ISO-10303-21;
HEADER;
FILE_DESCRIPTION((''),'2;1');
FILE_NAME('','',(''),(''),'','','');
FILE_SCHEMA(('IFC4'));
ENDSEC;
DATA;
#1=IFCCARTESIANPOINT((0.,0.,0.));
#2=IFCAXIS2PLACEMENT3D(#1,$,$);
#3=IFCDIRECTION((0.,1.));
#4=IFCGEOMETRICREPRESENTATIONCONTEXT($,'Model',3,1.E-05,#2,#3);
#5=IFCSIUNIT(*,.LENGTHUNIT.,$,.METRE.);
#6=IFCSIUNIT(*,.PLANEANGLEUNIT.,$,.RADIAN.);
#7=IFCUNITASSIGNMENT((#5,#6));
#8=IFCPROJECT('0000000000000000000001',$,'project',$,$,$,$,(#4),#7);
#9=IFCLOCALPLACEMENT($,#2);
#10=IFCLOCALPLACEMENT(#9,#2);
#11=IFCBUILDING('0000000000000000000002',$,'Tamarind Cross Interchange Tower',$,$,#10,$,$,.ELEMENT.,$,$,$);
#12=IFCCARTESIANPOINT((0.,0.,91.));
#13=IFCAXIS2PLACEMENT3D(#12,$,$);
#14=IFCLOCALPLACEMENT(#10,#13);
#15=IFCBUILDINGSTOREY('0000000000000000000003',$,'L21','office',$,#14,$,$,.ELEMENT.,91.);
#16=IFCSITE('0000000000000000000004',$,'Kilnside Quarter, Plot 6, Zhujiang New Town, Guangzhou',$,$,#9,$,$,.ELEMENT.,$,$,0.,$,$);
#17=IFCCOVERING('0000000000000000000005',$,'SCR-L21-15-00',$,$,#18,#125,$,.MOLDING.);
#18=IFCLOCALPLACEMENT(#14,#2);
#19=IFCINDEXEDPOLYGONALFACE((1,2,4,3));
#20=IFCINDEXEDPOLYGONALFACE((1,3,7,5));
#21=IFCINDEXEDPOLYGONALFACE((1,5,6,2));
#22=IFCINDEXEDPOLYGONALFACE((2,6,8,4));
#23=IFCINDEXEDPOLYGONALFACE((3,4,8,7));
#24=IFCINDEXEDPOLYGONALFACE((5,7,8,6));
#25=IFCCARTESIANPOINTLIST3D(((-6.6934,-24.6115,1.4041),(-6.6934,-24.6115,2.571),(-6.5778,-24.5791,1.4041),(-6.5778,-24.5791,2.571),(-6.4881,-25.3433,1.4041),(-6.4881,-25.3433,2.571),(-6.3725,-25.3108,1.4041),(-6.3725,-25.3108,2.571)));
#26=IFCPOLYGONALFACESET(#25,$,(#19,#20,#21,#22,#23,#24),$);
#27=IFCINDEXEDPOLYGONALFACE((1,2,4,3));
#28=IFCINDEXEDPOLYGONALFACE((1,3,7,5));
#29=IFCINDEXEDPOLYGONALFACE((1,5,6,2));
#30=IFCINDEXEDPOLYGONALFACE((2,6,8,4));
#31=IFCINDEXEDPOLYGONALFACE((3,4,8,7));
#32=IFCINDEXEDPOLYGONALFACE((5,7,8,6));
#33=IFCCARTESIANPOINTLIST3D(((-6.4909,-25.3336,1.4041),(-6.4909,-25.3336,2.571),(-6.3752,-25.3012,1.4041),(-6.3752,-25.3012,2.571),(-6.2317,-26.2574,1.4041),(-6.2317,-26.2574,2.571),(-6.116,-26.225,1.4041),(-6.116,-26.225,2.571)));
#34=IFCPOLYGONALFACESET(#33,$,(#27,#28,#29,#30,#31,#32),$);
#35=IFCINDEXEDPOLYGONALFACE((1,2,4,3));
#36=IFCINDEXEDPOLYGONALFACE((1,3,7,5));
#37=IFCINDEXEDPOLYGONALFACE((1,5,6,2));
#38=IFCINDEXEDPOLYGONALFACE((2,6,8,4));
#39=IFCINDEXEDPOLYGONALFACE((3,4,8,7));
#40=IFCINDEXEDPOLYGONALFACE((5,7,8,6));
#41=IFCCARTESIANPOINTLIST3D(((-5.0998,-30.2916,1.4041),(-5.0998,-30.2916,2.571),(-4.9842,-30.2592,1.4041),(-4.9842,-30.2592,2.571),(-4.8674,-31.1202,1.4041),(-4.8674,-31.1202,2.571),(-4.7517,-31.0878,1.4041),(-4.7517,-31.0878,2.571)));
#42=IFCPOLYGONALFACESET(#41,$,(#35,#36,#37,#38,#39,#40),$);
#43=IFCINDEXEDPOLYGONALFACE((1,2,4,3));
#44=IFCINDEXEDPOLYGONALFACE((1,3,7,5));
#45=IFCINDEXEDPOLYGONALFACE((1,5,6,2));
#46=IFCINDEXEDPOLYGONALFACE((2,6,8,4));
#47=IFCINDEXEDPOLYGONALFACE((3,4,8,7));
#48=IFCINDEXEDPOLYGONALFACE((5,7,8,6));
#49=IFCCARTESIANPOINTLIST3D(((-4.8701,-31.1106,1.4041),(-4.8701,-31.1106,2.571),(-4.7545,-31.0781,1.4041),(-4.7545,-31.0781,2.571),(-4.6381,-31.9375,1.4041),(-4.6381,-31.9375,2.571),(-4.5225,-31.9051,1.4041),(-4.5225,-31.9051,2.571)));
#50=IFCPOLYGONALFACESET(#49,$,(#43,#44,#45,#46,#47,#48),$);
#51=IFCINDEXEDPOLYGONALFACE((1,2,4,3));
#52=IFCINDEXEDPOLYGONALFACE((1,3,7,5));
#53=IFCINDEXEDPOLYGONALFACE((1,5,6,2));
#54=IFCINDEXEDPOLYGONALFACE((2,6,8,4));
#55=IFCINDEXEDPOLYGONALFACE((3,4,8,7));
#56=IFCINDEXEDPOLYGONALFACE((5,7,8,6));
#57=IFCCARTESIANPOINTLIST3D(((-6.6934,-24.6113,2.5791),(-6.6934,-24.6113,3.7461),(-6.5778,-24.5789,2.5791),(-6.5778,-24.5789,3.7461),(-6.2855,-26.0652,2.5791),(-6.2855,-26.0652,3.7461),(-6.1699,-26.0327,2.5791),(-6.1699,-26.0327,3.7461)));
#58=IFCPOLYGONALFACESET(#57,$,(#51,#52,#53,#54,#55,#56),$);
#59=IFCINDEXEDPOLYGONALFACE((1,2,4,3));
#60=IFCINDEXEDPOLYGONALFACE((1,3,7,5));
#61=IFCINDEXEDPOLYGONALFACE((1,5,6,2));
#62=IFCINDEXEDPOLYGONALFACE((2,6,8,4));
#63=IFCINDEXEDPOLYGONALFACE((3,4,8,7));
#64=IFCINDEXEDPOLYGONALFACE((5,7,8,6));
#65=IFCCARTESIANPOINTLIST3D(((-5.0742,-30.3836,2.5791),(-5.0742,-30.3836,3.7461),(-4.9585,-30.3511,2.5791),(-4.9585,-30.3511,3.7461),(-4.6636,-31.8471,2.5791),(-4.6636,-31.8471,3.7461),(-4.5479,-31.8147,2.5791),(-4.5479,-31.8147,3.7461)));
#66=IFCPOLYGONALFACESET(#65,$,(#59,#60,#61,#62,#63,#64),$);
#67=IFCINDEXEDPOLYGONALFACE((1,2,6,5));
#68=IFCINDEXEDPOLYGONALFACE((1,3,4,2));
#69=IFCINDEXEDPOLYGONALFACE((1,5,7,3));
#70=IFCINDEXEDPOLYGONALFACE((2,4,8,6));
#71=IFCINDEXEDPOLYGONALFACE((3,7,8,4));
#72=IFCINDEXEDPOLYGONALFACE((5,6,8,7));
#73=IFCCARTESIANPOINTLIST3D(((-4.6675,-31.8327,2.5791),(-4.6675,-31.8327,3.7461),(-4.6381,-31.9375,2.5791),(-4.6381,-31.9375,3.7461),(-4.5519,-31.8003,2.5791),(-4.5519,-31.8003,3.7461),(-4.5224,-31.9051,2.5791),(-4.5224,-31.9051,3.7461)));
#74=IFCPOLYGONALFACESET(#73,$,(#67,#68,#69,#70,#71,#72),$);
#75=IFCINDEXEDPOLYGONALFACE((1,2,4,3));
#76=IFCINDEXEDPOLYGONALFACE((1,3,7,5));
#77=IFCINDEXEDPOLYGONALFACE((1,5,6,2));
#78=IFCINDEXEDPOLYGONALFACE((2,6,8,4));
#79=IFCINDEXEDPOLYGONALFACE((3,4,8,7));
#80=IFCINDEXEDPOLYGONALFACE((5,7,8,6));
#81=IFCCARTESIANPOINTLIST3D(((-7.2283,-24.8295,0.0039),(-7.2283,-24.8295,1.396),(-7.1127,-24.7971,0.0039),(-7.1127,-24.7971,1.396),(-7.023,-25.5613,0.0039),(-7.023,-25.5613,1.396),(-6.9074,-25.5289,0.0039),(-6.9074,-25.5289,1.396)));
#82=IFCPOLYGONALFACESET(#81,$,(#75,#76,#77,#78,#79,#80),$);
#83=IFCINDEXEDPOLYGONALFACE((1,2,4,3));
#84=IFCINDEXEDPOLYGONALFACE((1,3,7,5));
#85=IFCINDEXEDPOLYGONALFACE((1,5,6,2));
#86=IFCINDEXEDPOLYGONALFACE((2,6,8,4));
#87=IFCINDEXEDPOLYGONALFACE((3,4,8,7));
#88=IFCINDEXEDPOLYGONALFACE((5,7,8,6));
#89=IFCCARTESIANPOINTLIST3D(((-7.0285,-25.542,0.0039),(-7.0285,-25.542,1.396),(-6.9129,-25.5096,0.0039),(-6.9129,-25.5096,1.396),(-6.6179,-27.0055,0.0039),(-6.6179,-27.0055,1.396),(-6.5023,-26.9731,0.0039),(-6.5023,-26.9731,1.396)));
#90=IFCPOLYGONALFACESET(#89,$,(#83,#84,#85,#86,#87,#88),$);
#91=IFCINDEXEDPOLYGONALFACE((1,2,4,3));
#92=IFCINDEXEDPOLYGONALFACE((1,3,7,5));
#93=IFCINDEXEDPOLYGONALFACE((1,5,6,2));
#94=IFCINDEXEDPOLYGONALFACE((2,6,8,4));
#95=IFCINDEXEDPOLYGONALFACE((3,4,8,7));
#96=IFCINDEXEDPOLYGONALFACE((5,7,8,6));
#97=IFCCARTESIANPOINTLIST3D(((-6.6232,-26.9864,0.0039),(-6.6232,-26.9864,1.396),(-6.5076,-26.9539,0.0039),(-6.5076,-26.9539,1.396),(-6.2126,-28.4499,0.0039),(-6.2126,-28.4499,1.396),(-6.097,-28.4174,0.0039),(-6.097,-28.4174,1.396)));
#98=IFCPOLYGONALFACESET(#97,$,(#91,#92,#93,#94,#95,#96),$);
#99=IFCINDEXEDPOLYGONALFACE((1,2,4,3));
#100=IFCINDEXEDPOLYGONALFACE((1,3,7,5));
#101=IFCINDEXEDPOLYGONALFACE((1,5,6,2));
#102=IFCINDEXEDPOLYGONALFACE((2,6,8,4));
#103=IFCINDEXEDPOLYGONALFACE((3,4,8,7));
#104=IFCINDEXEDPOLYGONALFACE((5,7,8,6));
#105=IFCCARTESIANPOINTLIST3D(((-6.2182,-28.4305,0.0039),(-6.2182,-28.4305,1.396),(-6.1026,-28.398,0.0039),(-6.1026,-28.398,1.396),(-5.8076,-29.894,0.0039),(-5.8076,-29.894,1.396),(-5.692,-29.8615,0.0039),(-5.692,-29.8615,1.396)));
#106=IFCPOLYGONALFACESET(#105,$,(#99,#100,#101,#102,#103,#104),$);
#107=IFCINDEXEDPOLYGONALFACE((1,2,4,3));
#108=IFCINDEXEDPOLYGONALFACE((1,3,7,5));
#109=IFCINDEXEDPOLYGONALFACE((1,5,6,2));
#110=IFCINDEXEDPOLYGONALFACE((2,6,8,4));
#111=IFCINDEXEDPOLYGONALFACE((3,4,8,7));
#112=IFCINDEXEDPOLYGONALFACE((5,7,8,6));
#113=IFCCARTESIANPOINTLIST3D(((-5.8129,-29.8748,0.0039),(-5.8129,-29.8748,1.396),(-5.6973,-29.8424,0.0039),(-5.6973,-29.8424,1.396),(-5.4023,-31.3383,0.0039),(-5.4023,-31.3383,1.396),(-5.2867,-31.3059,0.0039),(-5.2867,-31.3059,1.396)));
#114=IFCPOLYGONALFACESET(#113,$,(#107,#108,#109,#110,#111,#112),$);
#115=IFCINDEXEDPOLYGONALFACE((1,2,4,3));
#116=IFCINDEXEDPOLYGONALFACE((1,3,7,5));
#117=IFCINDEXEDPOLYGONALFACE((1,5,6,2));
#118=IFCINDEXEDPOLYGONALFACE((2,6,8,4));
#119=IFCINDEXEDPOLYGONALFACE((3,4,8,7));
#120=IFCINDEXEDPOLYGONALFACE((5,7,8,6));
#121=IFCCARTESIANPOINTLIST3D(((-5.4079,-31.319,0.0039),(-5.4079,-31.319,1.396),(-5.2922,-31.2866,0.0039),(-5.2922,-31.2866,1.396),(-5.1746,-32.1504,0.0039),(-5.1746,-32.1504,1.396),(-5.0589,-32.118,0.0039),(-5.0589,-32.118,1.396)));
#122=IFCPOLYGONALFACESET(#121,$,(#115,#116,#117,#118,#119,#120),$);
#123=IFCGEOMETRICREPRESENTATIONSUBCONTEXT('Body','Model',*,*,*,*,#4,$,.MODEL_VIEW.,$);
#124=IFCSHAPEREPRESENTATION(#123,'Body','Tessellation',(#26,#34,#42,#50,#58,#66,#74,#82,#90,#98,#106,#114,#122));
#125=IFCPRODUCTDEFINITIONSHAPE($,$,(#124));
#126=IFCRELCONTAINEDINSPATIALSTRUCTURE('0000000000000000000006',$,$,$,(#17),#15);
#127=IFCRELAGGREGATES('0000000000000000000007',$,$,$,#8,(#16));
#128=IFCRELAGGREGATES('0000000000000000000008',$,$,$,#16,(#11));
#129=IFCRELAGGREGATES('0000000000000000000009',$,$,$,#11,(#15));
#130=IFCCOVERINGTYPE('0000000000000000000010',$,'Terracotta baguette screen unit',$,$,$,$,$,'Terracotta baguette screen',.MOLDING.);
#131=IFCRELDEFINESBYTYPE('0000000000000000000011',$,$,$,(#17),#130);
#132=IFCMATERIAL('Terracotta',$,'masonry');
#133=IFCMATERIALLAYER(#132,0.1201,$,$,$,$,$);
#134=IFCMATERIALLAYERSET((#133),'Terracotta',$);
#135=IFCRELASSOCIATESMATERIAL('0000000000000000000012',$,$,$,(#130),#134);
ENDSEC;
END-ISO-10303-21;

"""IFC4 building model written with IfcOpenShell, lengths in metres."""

from ifc_helpers import new_model, si_unit, direction, frame, origin, origin_2d, place, context, subcontext, project, spatial, rectangle, extrude, material, layer, layer_set, type_object, element, save


model = new_model("IFC4")

# Units and contexts
model_context = context("Model", 3, precision=1e-05, world=origin(), true_north=direction((0.0, 1.0)))
body_context = subcontext(model_context, "Body", "Model", "MODEL_VIEW")
ifc_project = project(units=[si_unit("LENGTHUNIT", "METRE"), si_unit("PLANEANGLEUNIT", "RADIAN")], contexts=[model_context])

# Site, building, storey
site_placement = place(None, origin())
site = spatial("IfcSite", under=ifc_project, at=site_placement, Name="Kilnside Quarter, Plot 6, Zhujiang New Town, Guangzhou", CompositionType="ELEMENT", RefElevation=0.0)
building_placement = place(site_placement, origin())
building = spatial("IfcBuilding", under=site, at=building_placement, Name="Tamarind Cross Interchange Tower", CompositionType="ELEMENT")
storey_placement = place(building_placement, frame((0.0, 0.0, 91.0)))
storey = spatial("IfcBuildingStorey", under=building, at=storey_placement, Name="L21", Description="office", CompositionType="ELEMENT", Elevation=91.0)

# Covering
ifc_material_1 = material(Name="Terracotta", Category="masonry")
ifc_layer_1 = layer(ifc_material_1, 0.1201)
ifc_layer_set_1 = layer_set([ifc_layer_1], Name="Terracotta")
covering_type = type_object("IfcCoveringType", Name="Terracotta baguette screen unit", ElementType="Terracotta baguette screen", PredefinedType="MOLDING", material=ifc_layer_set_1)
covering_1_placement = place(storey_placement, origin())
element("IfcCovering", 1, at=covering_1_placement, inside=storey, type_object=covering_type, Name="SCR-L21-15-00", PredefinedType="MOLDING", context=body_context, shape_type="SweptSolid", body=[
    extrude(rectangle(XDim=0.76, YDim=0.1201, at=origin_2d()), frame((-6.533, -24.9612, 1.4041), z_axis=(0.0, 0.0, 1.0), x_axis=(0.27013, -0.962824, 0.0)), (0.0, 0.0, 1.0), 1.167),
    extrude(rectangle(XDim=0.9595, YDim=0.1201, at=origin_2d()), frame((-6.3035, -25.7793, 1.4041), z_axis=(0.0, 0.0, 1.0), x_axis=(0.27013, -0.962824, 0.0)), (0.0, 0.0, 1.0), 1.167),
    extrude(rectangle(XDim=0.8606, YDim=0.1201, at=origin_2d()), frame((-4.9258, -30.6897, 1.4041), z_axis=(0.0, 0.0, 1.0), x_axis=(0.27013, -0.962824, 0.0)), (0.0, 0.0, 1.0), 1.167),
    extrude(rectangle(XDim=0.8589, YDim=0.1201, at=origin_2d()), frame((-4.6963, -31.5078, 1.4041), z_axis=(0.0, 0.0, 1.0), x_axis=(0.27013, -0.962824, 0.0)), (0.0, 0.0, 1.0), 1.167),
    extrude(rectangle(XDim=1.51, YDim=0.1201, at=origin_2d()), frame((-6.4316, -25.322, 2.5791), z_axis=(0.0, 0.0, 1.0), x_axis=(0.27013, -0.962824, 0.0)), (0.0, 0.0, 1.0), 1.167),
    extrude(rectangle(XDim=1.52, YDim=0.1201, at=origin_2d()), frame((-4.811, -31.0991, 2.5791), z_axis=(0.0, 0.0, 1.0), x_axis=(0.27013, -0.962824, 0.0)), (0.0, 0.0, 1.0), 1.167),
    extrude(rectangle(XDim=0.1089, YDim=0.1201, at=origin_2d()), frame((-4.595, -31.8689, 2.5791), z_axis=(0.0, 0.0, 1.0), x_axis=(0.27013, -0.962824, 0.0)), (0.0, 0.0, 1.0), 1.167),
    extrude(rectangle(XDim=0.76, YDim=0.1201, at=origin_2d()), frame((-7.0679, -25.1792, 0.0039), z_axis=(0.0, 0.0, 1.0), x_axis=(0.27013, -0.962824, 0.0)), (0.0, 0.0, 1.0), 1.3921),
    extrude(rectangle(XDim=1.52, YDim=0.1201, at=origin_2d()), frame((-6.7654, -26.2576, 0.0039), z_axis=(0.0, 0.0, 1.0), x_axis=(0.27013, -0.962824, 0.0)), (0.0, 0.0, 1.0), 1.3921),
    extrude(rectangle(XDim=1.52, YDim=0.1201, at=origin_2d()), frame((-6.3601, -27.7019, 0.0039), z_axis=(0.0, 0.0, 1.0), x_axis=(0.27013, -0.962824, 0.0)), (0.0, 0.0, 1.0), 1.3921),
    extrude(rectangle(XDim=1.52, YDim=0.1201, at=origin_2d()), frame((-5.9551, -29.146, 0.0039), z_axis=(0.0, 0.0, 1.0), x_axis=(0.27013, -0.962824, 0.0)), (0.0, 0.0, 1.0), 1.3921),
    extrude(rectangle(XDim=1.52, YDim=0.1201, at=origin_2d()), frame((-5.5498, -30.5903, 0.0039), z_axis=(0.0, 0.0, 1.0), x_axis=(0.27013, -0.962824, 0.0)), (0.0, 0.0, 1.0), 1.3921),
    extrude(rectangle(XDim=0.8635, YDim=0.1201, at=origin_2d()), frame((-5.2334, -31.7185, 0.0039), z_axis=(0.0, 0.0, 1.0), x_axis=(0.27013, -0.962824, 0.0)), (0.0, 0.0, 1.0), 1.3921),
])

save(model, "model.ifc")
